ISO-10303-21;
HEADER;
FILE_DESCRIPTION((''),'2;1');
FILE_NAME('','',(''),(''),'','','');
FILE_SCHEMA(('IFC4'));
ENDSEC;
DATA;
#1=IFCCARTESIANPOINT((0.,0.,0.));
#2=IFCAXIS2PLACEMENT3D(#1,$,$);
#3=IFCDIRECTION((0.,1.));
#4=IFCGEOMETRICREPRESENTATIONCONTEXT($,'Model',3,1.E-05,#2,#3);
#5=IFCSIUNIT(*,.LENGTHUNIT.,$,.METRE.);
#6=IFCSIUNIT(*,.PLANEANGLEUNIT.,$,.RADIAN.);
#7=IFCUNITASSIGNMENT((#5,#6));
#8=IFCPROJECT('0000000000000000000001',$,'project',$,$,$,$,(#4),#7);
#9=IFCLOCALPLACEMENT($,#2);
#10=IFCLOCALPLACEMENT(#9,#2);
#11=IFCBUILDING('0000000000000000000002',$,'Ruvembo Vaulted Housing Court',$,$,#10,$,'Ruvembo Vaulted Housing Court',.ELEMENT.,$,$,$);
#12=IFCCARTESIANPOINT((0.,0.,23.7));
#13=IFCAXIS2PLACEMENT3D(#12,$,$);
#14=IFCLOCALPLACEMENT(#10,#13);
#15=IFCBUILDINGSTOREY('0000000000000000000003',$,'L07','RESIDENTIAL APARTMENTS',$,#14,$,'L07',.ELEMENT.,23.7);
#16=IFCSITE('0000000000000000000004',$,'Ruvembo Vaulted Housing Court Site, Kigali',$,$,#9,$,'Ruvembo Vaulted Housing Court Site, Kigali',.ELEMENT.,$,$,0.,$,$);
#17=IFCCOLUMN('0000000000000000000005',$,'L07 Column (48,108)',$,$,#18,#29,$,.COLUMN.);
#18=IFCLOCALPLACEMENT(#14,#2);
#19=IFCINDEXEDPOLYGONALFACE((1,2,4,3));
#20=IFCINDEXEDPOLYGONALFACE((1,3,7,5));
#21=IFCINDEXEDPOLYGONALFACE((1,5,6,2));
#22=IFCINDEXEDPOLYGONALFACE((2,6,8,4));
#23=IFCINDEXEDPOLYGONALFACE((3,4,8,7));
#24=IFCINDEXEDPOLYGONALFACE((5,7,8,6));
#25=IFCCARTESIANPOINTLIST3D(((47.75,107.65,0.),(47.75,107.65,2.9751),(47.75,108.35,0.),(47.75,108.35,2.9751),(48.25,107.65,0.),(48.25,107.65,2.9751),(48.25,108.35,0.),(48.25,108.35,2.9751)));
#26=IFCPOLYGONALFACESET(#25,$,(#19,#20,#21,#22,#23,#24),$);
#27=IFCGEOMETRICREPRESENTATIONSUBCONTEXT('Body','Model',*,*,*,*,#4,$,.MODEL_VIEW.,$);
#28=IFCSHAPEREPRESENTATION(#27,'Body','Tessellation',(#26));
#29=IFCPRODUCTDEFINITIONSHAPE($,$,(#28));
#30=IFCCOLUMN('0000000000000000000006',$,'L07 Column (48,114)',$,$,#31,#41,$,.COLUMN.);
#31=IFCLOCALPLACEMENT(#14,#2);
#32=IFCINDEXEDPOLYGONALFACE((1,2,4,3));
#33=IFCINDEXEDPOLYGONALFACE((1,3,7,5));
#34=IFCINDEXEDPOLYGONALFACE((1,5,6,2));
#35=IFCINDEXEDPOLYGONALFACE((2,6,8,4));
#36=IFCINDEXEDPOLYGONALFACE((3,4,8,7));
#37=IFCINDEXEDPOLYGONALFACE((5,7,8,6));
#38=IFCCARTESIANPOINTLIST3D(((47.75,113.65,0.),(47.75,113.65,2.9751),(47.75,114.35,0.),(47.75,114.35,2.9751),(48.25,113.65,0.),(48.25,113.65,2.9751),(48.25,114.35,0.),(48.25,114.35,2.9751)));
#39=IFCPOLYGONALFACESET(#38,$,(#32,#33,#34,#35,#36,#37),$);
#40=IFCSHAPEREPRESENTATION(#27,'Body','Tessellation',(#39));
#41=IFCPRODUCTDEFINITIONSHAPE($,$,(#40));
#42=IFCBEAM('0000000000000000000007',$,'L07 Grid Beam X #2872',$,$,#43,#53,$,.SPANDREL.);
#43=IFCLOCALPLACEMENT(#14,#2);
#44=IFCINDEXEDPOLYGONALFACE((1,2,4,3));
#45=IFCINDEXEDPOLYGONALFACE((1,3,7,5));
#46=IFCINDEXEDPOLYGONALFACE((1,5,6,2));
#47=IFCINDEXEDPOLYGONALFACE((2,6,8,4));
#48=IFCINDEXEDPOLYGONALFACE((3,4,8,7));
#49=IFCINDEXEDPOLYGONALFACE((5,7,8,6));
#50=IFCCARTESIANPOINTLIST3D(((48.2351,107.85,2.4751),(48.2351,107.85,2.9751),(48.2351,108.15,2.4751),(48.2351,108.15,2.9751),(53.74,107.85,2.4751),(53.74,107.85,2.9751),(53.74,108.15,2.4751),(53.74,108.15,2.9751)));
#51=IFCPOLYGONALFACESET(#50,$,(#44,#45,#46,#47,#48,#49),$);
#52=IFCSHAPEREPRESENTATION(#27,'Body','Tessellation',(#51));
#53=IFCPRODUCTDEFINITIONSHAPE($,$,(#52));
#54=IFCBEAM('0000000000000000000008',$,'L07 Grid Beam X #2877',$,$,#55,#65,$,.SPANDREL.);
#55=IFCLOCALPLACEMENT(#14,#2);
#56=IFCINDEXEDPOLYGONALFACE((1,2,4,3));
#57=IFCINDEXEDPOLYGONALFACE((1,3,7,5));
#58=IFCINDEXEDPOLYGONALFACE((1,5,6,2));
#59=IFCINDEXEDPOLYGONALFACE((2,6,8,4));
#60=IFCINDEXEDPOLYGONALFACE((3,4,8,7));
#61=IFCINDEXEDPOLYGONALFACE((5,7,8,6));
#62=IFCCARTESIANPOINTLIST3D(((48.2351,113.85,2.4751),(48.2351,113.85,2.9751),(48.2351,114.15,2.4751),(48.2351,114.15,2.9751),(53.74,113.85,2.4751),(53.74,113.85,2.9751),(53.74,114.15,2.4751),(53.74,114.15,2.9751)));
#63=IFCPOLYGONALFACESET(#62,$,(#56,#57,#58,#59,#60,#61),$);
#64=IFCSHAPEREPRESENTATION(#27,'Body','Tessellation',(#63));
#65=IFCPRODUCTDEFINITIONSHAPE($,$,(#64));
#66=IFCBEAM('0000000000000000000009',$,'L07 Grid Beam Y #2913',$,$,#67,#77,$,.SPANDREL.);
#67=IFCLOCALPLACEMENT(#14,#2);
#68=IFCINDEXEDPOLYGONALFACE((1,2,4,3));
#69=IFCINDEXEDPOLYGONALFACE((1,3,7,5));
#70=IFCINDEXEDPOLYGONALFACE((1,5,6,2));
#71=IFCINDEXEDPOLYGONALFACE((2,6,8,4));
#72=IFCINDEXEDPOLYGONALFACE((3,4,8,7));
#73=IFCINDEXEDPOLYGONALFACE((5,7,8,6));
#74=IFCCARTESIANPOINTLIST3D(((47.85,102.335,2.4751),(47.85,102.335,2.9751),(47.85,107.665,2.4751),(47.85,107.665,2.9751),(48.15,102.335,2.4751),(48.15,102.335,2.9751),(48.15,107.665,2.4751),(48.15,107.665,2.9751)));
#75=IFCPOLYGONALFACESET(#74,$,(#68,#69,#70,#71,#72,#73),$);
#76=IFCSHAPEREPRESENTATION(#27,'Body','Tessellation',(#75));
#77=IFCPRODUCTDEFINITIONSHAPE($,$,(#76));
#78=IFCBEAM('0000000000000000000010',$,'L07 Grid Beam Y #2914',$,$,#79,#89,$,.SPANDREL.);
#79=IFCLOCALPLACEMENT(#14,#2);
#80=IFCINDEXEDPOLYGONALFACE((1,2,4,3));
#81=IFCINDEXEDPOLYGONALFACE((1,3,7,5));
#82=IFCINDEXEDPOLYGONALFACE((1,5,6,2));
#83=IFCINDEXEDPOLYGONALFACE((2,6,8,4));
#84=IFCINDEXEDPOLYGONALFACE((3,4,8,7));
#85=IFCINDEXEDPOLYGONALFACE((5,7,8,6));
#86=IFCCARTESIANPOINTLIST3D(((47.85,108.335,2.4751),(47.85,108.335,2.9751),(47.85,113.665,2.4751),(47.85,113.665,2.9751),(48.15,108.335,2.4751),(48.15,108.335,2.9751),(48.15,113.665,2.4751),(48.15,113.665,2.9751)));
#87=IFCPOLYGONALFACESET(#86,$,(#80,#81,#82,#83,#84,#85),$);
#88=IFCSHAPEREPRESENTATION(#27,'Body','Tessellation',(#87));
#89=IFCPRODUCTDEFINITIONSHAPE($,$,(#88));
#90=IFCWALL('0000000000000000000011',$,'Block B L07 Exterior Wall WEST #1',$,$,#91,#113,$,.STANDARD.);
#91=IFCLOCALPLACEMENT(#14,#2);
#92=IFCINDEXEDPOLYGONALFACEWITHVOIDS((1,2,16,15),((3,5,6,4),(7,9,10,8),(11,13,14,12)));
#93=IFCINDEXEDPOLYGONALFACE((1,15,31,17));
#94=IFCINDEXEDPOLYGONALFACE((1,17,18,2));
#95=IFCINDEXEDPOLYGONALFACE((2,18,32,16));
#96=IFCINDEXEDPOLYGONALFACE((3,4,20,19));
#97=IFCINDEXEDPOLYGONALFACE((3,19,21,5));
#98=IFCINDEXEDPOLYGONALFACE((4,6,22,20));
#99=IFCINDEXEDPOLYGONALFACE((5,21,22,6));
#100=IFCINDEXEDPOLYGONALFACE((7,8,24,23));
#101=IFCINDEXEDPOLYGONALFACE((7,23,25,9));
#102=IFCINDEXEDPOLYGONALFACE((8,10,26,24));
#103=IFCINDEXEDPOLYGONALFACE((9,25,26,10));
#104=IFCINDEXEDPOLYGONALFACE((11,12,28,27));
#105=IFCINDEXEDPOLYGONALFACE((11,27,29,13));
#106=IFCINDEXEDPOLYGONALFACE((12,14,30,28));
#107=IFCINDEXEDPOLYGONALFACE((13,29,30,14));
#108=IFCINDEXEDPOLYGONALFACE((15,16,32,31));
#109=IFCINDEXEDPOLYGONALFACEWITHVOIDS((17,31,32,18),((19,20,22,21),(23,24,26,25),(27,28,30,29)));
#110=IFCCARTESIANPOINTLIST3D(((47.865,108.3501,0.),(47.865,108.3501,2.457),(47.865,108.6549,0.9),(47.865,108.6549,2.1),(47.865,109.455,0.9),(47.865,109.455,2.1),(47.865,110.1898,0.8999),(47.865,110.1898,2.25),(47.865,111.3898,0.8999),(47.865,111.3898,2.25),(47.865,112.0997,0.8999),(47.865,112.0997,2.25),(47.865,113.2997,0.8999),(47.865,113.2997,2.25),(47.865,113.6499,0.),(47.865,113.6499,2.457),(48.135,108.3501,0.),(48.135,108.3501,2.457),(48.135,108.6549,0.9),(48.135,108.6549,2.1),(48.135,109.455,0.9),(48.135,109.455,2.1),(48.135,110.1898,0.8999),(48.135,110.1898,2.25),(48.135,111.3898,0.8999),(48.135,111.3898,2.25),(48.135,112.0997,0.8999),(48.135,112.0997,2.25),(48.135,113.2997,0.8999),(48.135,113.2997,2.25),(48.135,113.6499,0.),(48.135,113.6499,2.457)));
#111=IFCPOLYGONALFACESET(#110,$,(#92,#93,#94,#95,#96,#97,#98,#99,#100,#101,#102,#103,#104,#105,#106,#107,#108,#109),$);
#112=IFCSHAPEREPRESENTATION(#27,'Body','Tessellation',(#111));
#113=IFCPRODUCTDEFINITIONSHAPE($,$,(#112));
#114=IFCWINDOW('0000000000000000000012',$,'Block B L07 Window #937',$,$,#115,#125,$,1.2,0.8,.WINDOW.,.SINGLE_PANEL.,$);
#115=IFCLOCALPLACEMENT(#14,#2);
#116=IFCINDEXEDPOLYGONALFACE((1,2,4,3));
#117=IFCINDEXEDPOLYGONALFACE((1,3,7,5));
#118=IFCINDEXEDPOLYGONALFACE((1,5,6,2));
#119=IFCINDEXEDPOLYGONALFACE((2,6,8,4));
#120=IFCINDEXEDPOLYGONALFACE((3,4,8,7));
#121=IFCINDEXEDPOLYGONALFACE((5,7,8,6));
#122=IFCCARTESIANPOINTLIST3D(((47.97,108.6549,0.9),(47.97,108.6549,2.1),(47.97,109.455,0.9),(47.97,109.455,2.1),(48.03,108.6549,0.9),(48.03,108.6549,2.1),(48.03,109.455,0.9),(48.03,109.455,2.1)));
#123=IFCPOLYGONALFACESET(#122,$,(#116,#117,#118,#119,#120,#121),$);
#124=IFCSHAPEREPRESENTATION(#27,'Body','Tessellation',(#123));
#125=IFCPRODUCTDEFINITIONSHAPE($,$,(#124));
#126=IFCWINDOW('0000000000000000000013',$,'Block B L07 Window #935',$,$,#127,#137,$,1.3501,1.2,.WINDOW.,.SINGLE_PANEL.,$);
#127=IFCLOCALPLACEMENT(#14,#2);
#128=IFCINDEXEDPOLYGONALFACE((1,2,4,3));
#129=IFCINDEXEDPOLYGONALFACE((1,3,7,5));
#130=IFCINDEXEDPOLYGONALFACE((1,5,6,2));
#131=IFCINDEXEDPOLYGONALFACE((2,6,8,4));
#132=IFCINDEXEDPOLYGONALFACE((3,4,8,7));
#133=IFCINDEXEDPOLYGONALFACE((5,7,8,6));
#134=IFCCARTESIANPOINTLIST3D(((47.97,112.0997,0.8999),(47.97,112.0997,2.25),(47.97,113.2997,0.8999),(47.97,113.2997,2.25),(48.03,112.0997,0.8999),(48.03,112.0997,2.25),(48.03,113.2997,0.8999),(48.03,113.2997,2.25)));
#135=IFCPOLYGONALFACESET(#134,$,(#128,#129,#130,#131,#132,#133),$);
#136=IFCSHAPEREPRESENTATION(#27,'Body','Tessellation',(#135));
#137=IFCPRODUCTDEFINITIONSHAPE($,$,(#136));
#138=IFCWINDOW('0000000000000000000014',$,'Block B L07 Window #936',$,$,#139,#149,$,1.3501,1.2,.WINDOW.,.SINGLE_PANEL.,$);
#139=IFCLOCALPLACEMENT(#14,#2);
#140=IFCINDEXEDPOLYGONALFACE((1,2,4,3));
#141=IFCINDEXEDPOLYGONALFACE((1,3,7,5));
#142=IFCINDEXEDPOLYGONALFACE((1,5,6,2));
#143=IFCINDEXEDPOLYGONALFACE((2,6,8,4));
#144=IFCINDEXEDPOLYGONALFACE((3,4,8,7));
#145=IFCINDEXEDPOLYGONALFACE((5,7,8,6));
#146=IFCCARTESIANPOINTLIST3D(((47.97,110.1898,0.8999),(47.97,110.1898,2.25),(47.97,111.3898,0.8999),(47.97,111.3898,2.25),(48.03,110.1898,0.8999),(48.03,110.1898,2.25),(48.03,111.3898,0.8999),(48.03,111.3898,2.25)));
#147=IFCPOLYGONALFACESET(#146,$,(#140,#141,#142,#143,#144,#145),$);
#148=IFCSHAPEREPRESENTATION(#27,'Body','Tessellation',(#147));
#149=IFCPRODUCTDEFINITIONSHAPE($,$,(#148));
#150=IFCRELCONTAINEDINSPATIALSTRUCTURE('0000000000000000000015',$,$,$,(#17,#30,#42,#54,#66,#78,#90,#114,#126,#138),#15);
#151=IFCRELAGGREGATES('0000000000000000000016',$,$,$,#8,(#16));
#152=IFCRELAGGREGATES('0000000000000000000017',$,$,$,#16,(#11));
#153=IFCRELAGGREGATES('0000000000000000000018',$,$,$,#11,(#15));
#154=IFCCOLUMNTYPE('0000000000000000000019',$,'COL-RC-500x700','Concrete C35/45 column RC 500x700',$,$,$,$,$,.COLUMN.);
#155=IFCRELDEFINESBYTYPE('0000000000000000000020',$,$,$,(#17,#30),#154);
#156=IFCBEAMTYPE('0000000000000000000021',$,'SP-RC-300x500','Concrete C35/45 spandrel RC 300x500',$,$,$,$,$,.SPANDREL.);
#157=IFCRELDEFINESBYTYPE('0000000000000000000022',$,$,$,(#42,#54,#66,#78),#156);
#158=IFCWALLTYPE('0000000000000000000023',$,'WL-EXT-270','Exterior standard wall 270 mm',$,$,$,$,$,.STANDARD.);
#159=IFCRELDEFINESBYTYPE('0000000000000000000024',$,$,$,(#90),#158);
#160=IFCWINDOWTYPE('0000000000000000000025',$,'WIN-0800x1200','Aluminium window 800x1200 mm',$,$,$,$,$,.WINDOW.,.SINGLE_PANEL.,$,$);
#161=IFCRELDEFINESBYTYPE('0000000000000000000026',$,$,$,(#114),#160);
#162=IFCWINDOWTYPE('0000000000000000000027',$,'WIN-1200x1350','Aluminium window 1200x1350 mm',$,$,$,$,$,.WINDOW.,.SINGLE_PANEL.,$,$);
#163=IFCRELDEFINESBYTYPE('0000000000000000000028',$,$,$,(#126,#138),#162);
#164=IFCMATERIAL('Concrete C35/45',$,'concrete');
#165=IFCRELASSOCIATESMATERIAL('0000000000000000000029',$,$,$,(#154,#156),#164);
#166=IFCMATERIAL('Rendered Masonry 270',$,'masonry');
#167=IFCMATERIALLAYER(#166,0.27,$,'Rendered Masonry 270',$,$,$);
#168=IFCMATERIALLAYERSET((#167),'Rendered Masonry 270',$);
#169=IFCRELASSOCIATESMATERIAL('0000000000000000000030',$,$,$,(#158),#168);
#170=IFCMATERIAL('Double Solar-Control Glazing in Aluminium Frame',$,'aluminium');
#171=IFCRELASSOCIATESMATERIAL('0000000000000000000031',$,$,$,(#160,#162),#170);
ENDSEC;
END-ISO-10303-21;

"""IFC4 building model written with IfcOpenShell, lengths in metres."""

from ifc_helpers import new_model, si_unit, direction, frame, frame_2d, origin, origin_2d, place, context, subcontext, project, spatial, rectangle, extrude, material, layer, layer_set, material_profile, profile_set, type_object, element, fill, save


model = new_model("IFC4")

# Units and contexts
model_context = context("Model", 3, precision=1e-05, world=origin(), true_north=direction((0.0, 1.0)))
body_context = subcontext(model_context, "Body", "Model", "MODEL_VIEW")
ifc_project = project(units=[si_unit("LENGTHUNIT", "METRE"), si_unit("PLANEANGLEUNIT", "RADIAN")], contexts=[model_context])

# Site, building, storey
site_placement = place(None, origin())
site = spatial("IfcSite", under=ifc_project, at=site_placement, Name="Ruvembo Vaulted Housing Court Site, Kigali", LongName="Ruvembo Vaulted Housing Court Site, Kigali", CompositionType="ELEMENT", RefElevation=0.0)
building_placement = place(site_placement, origin())
building = spatial("IfcBuilding", under=site, at=building_placement, Name="Ruvembo Vaulted Housing Court", LongName="Ruvembo Vaulted Housing Court", CompositionType="ELEMENT")
storey_placement = place(building_placement, frame((0.0, 0.0, 23.7)))
storey = spatial("IfcBuildingStorey", under=building, at=storey_placement, Name="L07", Description="RESIDENTIAL APARTMENTS", LongName="L07", CompositionType="ELEMENT", Elevation=23.7)

# Columns
ifc_material_1 = material(Name="Concrete C35/45", Category="concrete")
ifc_material_profile_1 = material_profile(ifc_material_1, rectangle(XDim=0.5, YDim=0.7, at=origin_2d()), Name="RC 500x700")
ifc_profile_set_1 = profile_set([ifc_material_profile_1], Name="Concrete C35/45")
column_type = type_object("IfcColumnType", Name="COL-RC-500x700", Description="Concrete C35/45 column RC 500x700", PredefinedType="COLUMN", material=ifc_profile_set_1)
for number, where, z_axis, x_axis, name in (
    (1, (48.0, 108.0, 0.0), (0.0, 0.0, 1.0), (1.0, 0.0, 0.0), "L07 Column (48,108)"),
    (2, (48.0, 114.0, 0.0), (0.0, 0.0, 1.0), (1.0, 0.0, 0.0), "L07 Column (48,114)"),
):
    element("IfcColumn", number, at=place(storey_placement, frame(where, z_axis=z_axis, x_axis=x_axis)), inside=storey, type_object=column_type, Name=name, PredefinedType="COLUMN", context=body_context, shape_type="SweptSolid", body=[
        extrude(rectangle(XDim=0.5, YDim=0.7, at=origin_2d()), origin(), (0.0, 0.0, 1.0), 2.9751),
    ])

# Beams
ifc_material_profile_2 = material_profile(ifc_material_1, rectangle(XDim=0.3, YDim=0.5, at=origin_2d()), Name="RC 300x500")
ifc_profile_set_2 = profile_set([ifc_material_profile_2], Name="Concrete C35/45")
beam_type = type_object("IfcBeamType", Name="SP-RC-300x500", Description="Concrete C35/45 spandrel RC 300x500", PredefinedType="SPANDREL", material=ifc_profile_set_2)
for number, where, z_axis, x_axis, name in (
    (3, (48.2351, 108.0, 2.7251), (1.0, 0.0, 0.0), (0.0, 1.0, 0.0), "L07 Grid Beam X #2872"),
    (4, (48.2351, 114.0, 2.7251), (1.0, 0.0, 0.0), (0.0, 1.0, 0.0), "L07 Grid Beam X #2877"),
):
    element("IfcBeam", number, at=place(storey_placement, frame(where, z_axis=z_axis, x_axis=x_axis)), inside=storey, type_object=beam_type, Name=name, PredefinedType="SPANDREL", context=body_context, shape_type="SweptSolid", body=[
        extrude(rectangle(XDim=0.3, YDim=0.5, at=origin_2d()), origin(), (0.0, 0.0, 1.0), 5.5049),
    ])
for number, where, z_axis, x_axis, name in (
    (5, (48.0, 102.335, 2.7251), (0.0, 1.0, 0.0), (-1.0, 0.0, 0.0), "L07 Grid Beam Y #2913"),
    (6, (48.0, 108.335, 2.7251), (0.0, 1.0, 0.0), (-1.0, 0.0, 0.0), "L07 Grid Beam Y #2914"),
):
    element("IfcBeam", number, at=place(storey_placement, frame(where, z_axis=z_axis, x_axis=x_axis)), inside=storey, type_object=beam_type, Name=name, PredefinedType="SPANDREL", context=body_context, shape_type="SweptSolid", body=[
        extrude(rectangle(XDim=0.3, YDim=0.5, at=origin_2d()), origin(), (0.0, 0.0, 1.0), 5.3301),
    ])

# Wall, openings, windows
ifc_material_2 = material(Name="Rendered Masonry 270", Category="masonry")
ifc_layer_1 = layer(ifc_material_2, 0.27, Name="Rendered Masonry 270")
ifc_layer_set_1 = layer_set([ifc_layer_1], Name="Rendered Masonry 270")
wall_type_1 = type_object("IfcWallType", Name="WL-EXT-270", Description="Exterior standard wall 270 mm", PredefinedType="STANDARD", material=ifc_layer_set_1)
wall_1_placement = place(storey_placement, frame((48.0, 113.6499, 0.0), z_axis=(0.0, 0.0, 1.0), x_axis=(0.0, -1.0, 0.0)))
wall_1 = element("IfcWall", 7, at=wall_1_placement, inside=storey, type_object=wall_type_1, Name="Block B L07 Exterior Wall WEST #1", PredefinedType="STANDARD", context=body_context, shape_type="SweptSolid", body=[
    extrude(rectangle(XDim=5.2998, YDim=0.27, at=frame_2d((2.6499, 0.0))), origin(), (0.0, 0.0, 1.0), 2.457),
])
opening_1_placement = place(wall_1_placement, frame((0.3501, 0.0, 0.8999)))
opening_1 = element("IfcOpeningElement", 8, at=opening_1_placement, cuts=wall_1, PredefinedType="OPENING", context=body_context, shape_type="SweptSolid", body=[
    extrude(rectangle(XDim=1.2, YDim=1.3501, at=frame_2d((0.6001, 0.675))), frame((0.0, 0.145, 0.0), z_axis=(0.0, -1.0, 0.0), x_axis=(1.0, 0.0, 0.0)), (0.0, 0.0, 1.0), 0.29),
])
opening_2_placement = place(wall_1_placement, frame((2.26, 0.0, 0.8999)))
opening_2 = element("IfcOpeningElement", 9, at=opening_2_placement, cuts=wall_1, PredefinedType="OPENING", context=body_context, shape_type="SweptSolid", body=[
    extrude(rectangle(XDim=1.2, YDim=1.3501, at=frame_2d((0.6001, 0.675))), frame((0.0, 0.145, 0.0), z_axis=(0.0, -1.0, 0.0), x_axis=(1.0, 0.0, 0.0)), (0.0, 0.0, 1.0), 0.29),
])
opening_3_placement = place(wall_1_placement, frame((4.1951, 0.0, 0.8999)))
opening_3 = element("IfcOpeningElement", 10, at=opening_3_placement, cuts=wall_1, PredefinedType="OPENING", context=body_context, shape_type="SweptSolid", body=[
    extrude(rectangle(XDim=0.8, YDim=1.2, at=frame_2d((0.3999, 0.6001))), frame((0.0, 0.145, 0.0), z_axis=(0.0, -1.0, 0.0), x_axis=(1.0, 0.0, 0.0)), (0.0, 0.0, 1.0), 0.29),
])
ifc_material_3 = material(Name="Double Solar-Control Glazing in Aluminium Frame", Category="aluminium")
window_type_1 = type_object("IfcWindowType", Name="WIN-0800x1200", Description="Aluminium window 800x1200 mm", PartitioningType="SINGLE_PANEL", PredefinedType="WINDOW", material=ifc_material_3)
window_1_placement = place(opening_3_placement, origin())
window_1 = element("IfcWindow", 11, at=window_1_placement, inside=storey, type_object=window_type_1, Name="Block B L07 Window #937", OverallHeight=1.2, OverallWidth=0.8, PartitioningType="SINGLE_PANEL", PredefinedType="WINDOW", context=body_context, shape_type="SweptSolid", body=[
    extrude(rectangle(XDim=0.8, YDim=1.2, at=frame_2d((0.3999, 0.6001))), frame((0.0, 0.03, 0.0), z_axis=(0.0, -1.0, 0.0), x_axis=(1.0, 0.0, 0.0)), (0.0, 0.0, 1.0), 0.0601),
])
fill(opening_3, window_1)
window_type_2 = type_object("IfcWindowType", Name="WIN-1200x1350", Description="Aluminium window 1200x1350 mm", PartitioningType="SINGLE_PANEL", PredefinedType="WINDOW", material=ifc_material_3)
window_2_placement = place(opening_1_placement, origin())
window_2 = element("IfcWindow", 12, at=window_2_placement, inside=storey, type_object=window_type_2, Name="Block B L07 Window #935", OverallHeight=1.3501, OverallWidth=1.2, PartitioningType="SINGLE_PANEL", PredefinedType="WINDOW", context=body_context, shape_type="SweptSolid", body=[
    extrude(rectangle(XDim=1.2, YDim=1.3501, at=frame_2d((0.6001, 0.675))), frame((0.0, 0.03, 0.0), z_axis=(0.0, -1.0, 0.0), x_axis=(1.0, 0.0, 0.0)), (0.0, 0.0, 1.0), 0.0601),
])
fill(opening_1, window_2)
window_3_placement = place(opening_2_placement, origin())
window_3 = element("IfcWindow", 13, at=window_3_placement, inside=storey, type_object=window_type_2, Name="Block B L07 Window #936", OverallHeight=1.3501, OverallWidth=1.2, PartitioningType="SINGLE_PANEL", PredefinedType="WINDOW", context=body_context, shape_type="SweptSolid", body=[
    extrude(rectangle(XDim=1.2, YDim=1.3501, at=frame_2d((0.6001, 0.675))), frame((0.0, 0.03, 0.0), z_axis=(0.0, -1.0, 0.0), x_axis=(1.0, 0.0, 0.0)), (0.0, 0.0, 1.0), 0.0601),
])
fill(opening_2, window_3)

save(model, "model.ifc")
